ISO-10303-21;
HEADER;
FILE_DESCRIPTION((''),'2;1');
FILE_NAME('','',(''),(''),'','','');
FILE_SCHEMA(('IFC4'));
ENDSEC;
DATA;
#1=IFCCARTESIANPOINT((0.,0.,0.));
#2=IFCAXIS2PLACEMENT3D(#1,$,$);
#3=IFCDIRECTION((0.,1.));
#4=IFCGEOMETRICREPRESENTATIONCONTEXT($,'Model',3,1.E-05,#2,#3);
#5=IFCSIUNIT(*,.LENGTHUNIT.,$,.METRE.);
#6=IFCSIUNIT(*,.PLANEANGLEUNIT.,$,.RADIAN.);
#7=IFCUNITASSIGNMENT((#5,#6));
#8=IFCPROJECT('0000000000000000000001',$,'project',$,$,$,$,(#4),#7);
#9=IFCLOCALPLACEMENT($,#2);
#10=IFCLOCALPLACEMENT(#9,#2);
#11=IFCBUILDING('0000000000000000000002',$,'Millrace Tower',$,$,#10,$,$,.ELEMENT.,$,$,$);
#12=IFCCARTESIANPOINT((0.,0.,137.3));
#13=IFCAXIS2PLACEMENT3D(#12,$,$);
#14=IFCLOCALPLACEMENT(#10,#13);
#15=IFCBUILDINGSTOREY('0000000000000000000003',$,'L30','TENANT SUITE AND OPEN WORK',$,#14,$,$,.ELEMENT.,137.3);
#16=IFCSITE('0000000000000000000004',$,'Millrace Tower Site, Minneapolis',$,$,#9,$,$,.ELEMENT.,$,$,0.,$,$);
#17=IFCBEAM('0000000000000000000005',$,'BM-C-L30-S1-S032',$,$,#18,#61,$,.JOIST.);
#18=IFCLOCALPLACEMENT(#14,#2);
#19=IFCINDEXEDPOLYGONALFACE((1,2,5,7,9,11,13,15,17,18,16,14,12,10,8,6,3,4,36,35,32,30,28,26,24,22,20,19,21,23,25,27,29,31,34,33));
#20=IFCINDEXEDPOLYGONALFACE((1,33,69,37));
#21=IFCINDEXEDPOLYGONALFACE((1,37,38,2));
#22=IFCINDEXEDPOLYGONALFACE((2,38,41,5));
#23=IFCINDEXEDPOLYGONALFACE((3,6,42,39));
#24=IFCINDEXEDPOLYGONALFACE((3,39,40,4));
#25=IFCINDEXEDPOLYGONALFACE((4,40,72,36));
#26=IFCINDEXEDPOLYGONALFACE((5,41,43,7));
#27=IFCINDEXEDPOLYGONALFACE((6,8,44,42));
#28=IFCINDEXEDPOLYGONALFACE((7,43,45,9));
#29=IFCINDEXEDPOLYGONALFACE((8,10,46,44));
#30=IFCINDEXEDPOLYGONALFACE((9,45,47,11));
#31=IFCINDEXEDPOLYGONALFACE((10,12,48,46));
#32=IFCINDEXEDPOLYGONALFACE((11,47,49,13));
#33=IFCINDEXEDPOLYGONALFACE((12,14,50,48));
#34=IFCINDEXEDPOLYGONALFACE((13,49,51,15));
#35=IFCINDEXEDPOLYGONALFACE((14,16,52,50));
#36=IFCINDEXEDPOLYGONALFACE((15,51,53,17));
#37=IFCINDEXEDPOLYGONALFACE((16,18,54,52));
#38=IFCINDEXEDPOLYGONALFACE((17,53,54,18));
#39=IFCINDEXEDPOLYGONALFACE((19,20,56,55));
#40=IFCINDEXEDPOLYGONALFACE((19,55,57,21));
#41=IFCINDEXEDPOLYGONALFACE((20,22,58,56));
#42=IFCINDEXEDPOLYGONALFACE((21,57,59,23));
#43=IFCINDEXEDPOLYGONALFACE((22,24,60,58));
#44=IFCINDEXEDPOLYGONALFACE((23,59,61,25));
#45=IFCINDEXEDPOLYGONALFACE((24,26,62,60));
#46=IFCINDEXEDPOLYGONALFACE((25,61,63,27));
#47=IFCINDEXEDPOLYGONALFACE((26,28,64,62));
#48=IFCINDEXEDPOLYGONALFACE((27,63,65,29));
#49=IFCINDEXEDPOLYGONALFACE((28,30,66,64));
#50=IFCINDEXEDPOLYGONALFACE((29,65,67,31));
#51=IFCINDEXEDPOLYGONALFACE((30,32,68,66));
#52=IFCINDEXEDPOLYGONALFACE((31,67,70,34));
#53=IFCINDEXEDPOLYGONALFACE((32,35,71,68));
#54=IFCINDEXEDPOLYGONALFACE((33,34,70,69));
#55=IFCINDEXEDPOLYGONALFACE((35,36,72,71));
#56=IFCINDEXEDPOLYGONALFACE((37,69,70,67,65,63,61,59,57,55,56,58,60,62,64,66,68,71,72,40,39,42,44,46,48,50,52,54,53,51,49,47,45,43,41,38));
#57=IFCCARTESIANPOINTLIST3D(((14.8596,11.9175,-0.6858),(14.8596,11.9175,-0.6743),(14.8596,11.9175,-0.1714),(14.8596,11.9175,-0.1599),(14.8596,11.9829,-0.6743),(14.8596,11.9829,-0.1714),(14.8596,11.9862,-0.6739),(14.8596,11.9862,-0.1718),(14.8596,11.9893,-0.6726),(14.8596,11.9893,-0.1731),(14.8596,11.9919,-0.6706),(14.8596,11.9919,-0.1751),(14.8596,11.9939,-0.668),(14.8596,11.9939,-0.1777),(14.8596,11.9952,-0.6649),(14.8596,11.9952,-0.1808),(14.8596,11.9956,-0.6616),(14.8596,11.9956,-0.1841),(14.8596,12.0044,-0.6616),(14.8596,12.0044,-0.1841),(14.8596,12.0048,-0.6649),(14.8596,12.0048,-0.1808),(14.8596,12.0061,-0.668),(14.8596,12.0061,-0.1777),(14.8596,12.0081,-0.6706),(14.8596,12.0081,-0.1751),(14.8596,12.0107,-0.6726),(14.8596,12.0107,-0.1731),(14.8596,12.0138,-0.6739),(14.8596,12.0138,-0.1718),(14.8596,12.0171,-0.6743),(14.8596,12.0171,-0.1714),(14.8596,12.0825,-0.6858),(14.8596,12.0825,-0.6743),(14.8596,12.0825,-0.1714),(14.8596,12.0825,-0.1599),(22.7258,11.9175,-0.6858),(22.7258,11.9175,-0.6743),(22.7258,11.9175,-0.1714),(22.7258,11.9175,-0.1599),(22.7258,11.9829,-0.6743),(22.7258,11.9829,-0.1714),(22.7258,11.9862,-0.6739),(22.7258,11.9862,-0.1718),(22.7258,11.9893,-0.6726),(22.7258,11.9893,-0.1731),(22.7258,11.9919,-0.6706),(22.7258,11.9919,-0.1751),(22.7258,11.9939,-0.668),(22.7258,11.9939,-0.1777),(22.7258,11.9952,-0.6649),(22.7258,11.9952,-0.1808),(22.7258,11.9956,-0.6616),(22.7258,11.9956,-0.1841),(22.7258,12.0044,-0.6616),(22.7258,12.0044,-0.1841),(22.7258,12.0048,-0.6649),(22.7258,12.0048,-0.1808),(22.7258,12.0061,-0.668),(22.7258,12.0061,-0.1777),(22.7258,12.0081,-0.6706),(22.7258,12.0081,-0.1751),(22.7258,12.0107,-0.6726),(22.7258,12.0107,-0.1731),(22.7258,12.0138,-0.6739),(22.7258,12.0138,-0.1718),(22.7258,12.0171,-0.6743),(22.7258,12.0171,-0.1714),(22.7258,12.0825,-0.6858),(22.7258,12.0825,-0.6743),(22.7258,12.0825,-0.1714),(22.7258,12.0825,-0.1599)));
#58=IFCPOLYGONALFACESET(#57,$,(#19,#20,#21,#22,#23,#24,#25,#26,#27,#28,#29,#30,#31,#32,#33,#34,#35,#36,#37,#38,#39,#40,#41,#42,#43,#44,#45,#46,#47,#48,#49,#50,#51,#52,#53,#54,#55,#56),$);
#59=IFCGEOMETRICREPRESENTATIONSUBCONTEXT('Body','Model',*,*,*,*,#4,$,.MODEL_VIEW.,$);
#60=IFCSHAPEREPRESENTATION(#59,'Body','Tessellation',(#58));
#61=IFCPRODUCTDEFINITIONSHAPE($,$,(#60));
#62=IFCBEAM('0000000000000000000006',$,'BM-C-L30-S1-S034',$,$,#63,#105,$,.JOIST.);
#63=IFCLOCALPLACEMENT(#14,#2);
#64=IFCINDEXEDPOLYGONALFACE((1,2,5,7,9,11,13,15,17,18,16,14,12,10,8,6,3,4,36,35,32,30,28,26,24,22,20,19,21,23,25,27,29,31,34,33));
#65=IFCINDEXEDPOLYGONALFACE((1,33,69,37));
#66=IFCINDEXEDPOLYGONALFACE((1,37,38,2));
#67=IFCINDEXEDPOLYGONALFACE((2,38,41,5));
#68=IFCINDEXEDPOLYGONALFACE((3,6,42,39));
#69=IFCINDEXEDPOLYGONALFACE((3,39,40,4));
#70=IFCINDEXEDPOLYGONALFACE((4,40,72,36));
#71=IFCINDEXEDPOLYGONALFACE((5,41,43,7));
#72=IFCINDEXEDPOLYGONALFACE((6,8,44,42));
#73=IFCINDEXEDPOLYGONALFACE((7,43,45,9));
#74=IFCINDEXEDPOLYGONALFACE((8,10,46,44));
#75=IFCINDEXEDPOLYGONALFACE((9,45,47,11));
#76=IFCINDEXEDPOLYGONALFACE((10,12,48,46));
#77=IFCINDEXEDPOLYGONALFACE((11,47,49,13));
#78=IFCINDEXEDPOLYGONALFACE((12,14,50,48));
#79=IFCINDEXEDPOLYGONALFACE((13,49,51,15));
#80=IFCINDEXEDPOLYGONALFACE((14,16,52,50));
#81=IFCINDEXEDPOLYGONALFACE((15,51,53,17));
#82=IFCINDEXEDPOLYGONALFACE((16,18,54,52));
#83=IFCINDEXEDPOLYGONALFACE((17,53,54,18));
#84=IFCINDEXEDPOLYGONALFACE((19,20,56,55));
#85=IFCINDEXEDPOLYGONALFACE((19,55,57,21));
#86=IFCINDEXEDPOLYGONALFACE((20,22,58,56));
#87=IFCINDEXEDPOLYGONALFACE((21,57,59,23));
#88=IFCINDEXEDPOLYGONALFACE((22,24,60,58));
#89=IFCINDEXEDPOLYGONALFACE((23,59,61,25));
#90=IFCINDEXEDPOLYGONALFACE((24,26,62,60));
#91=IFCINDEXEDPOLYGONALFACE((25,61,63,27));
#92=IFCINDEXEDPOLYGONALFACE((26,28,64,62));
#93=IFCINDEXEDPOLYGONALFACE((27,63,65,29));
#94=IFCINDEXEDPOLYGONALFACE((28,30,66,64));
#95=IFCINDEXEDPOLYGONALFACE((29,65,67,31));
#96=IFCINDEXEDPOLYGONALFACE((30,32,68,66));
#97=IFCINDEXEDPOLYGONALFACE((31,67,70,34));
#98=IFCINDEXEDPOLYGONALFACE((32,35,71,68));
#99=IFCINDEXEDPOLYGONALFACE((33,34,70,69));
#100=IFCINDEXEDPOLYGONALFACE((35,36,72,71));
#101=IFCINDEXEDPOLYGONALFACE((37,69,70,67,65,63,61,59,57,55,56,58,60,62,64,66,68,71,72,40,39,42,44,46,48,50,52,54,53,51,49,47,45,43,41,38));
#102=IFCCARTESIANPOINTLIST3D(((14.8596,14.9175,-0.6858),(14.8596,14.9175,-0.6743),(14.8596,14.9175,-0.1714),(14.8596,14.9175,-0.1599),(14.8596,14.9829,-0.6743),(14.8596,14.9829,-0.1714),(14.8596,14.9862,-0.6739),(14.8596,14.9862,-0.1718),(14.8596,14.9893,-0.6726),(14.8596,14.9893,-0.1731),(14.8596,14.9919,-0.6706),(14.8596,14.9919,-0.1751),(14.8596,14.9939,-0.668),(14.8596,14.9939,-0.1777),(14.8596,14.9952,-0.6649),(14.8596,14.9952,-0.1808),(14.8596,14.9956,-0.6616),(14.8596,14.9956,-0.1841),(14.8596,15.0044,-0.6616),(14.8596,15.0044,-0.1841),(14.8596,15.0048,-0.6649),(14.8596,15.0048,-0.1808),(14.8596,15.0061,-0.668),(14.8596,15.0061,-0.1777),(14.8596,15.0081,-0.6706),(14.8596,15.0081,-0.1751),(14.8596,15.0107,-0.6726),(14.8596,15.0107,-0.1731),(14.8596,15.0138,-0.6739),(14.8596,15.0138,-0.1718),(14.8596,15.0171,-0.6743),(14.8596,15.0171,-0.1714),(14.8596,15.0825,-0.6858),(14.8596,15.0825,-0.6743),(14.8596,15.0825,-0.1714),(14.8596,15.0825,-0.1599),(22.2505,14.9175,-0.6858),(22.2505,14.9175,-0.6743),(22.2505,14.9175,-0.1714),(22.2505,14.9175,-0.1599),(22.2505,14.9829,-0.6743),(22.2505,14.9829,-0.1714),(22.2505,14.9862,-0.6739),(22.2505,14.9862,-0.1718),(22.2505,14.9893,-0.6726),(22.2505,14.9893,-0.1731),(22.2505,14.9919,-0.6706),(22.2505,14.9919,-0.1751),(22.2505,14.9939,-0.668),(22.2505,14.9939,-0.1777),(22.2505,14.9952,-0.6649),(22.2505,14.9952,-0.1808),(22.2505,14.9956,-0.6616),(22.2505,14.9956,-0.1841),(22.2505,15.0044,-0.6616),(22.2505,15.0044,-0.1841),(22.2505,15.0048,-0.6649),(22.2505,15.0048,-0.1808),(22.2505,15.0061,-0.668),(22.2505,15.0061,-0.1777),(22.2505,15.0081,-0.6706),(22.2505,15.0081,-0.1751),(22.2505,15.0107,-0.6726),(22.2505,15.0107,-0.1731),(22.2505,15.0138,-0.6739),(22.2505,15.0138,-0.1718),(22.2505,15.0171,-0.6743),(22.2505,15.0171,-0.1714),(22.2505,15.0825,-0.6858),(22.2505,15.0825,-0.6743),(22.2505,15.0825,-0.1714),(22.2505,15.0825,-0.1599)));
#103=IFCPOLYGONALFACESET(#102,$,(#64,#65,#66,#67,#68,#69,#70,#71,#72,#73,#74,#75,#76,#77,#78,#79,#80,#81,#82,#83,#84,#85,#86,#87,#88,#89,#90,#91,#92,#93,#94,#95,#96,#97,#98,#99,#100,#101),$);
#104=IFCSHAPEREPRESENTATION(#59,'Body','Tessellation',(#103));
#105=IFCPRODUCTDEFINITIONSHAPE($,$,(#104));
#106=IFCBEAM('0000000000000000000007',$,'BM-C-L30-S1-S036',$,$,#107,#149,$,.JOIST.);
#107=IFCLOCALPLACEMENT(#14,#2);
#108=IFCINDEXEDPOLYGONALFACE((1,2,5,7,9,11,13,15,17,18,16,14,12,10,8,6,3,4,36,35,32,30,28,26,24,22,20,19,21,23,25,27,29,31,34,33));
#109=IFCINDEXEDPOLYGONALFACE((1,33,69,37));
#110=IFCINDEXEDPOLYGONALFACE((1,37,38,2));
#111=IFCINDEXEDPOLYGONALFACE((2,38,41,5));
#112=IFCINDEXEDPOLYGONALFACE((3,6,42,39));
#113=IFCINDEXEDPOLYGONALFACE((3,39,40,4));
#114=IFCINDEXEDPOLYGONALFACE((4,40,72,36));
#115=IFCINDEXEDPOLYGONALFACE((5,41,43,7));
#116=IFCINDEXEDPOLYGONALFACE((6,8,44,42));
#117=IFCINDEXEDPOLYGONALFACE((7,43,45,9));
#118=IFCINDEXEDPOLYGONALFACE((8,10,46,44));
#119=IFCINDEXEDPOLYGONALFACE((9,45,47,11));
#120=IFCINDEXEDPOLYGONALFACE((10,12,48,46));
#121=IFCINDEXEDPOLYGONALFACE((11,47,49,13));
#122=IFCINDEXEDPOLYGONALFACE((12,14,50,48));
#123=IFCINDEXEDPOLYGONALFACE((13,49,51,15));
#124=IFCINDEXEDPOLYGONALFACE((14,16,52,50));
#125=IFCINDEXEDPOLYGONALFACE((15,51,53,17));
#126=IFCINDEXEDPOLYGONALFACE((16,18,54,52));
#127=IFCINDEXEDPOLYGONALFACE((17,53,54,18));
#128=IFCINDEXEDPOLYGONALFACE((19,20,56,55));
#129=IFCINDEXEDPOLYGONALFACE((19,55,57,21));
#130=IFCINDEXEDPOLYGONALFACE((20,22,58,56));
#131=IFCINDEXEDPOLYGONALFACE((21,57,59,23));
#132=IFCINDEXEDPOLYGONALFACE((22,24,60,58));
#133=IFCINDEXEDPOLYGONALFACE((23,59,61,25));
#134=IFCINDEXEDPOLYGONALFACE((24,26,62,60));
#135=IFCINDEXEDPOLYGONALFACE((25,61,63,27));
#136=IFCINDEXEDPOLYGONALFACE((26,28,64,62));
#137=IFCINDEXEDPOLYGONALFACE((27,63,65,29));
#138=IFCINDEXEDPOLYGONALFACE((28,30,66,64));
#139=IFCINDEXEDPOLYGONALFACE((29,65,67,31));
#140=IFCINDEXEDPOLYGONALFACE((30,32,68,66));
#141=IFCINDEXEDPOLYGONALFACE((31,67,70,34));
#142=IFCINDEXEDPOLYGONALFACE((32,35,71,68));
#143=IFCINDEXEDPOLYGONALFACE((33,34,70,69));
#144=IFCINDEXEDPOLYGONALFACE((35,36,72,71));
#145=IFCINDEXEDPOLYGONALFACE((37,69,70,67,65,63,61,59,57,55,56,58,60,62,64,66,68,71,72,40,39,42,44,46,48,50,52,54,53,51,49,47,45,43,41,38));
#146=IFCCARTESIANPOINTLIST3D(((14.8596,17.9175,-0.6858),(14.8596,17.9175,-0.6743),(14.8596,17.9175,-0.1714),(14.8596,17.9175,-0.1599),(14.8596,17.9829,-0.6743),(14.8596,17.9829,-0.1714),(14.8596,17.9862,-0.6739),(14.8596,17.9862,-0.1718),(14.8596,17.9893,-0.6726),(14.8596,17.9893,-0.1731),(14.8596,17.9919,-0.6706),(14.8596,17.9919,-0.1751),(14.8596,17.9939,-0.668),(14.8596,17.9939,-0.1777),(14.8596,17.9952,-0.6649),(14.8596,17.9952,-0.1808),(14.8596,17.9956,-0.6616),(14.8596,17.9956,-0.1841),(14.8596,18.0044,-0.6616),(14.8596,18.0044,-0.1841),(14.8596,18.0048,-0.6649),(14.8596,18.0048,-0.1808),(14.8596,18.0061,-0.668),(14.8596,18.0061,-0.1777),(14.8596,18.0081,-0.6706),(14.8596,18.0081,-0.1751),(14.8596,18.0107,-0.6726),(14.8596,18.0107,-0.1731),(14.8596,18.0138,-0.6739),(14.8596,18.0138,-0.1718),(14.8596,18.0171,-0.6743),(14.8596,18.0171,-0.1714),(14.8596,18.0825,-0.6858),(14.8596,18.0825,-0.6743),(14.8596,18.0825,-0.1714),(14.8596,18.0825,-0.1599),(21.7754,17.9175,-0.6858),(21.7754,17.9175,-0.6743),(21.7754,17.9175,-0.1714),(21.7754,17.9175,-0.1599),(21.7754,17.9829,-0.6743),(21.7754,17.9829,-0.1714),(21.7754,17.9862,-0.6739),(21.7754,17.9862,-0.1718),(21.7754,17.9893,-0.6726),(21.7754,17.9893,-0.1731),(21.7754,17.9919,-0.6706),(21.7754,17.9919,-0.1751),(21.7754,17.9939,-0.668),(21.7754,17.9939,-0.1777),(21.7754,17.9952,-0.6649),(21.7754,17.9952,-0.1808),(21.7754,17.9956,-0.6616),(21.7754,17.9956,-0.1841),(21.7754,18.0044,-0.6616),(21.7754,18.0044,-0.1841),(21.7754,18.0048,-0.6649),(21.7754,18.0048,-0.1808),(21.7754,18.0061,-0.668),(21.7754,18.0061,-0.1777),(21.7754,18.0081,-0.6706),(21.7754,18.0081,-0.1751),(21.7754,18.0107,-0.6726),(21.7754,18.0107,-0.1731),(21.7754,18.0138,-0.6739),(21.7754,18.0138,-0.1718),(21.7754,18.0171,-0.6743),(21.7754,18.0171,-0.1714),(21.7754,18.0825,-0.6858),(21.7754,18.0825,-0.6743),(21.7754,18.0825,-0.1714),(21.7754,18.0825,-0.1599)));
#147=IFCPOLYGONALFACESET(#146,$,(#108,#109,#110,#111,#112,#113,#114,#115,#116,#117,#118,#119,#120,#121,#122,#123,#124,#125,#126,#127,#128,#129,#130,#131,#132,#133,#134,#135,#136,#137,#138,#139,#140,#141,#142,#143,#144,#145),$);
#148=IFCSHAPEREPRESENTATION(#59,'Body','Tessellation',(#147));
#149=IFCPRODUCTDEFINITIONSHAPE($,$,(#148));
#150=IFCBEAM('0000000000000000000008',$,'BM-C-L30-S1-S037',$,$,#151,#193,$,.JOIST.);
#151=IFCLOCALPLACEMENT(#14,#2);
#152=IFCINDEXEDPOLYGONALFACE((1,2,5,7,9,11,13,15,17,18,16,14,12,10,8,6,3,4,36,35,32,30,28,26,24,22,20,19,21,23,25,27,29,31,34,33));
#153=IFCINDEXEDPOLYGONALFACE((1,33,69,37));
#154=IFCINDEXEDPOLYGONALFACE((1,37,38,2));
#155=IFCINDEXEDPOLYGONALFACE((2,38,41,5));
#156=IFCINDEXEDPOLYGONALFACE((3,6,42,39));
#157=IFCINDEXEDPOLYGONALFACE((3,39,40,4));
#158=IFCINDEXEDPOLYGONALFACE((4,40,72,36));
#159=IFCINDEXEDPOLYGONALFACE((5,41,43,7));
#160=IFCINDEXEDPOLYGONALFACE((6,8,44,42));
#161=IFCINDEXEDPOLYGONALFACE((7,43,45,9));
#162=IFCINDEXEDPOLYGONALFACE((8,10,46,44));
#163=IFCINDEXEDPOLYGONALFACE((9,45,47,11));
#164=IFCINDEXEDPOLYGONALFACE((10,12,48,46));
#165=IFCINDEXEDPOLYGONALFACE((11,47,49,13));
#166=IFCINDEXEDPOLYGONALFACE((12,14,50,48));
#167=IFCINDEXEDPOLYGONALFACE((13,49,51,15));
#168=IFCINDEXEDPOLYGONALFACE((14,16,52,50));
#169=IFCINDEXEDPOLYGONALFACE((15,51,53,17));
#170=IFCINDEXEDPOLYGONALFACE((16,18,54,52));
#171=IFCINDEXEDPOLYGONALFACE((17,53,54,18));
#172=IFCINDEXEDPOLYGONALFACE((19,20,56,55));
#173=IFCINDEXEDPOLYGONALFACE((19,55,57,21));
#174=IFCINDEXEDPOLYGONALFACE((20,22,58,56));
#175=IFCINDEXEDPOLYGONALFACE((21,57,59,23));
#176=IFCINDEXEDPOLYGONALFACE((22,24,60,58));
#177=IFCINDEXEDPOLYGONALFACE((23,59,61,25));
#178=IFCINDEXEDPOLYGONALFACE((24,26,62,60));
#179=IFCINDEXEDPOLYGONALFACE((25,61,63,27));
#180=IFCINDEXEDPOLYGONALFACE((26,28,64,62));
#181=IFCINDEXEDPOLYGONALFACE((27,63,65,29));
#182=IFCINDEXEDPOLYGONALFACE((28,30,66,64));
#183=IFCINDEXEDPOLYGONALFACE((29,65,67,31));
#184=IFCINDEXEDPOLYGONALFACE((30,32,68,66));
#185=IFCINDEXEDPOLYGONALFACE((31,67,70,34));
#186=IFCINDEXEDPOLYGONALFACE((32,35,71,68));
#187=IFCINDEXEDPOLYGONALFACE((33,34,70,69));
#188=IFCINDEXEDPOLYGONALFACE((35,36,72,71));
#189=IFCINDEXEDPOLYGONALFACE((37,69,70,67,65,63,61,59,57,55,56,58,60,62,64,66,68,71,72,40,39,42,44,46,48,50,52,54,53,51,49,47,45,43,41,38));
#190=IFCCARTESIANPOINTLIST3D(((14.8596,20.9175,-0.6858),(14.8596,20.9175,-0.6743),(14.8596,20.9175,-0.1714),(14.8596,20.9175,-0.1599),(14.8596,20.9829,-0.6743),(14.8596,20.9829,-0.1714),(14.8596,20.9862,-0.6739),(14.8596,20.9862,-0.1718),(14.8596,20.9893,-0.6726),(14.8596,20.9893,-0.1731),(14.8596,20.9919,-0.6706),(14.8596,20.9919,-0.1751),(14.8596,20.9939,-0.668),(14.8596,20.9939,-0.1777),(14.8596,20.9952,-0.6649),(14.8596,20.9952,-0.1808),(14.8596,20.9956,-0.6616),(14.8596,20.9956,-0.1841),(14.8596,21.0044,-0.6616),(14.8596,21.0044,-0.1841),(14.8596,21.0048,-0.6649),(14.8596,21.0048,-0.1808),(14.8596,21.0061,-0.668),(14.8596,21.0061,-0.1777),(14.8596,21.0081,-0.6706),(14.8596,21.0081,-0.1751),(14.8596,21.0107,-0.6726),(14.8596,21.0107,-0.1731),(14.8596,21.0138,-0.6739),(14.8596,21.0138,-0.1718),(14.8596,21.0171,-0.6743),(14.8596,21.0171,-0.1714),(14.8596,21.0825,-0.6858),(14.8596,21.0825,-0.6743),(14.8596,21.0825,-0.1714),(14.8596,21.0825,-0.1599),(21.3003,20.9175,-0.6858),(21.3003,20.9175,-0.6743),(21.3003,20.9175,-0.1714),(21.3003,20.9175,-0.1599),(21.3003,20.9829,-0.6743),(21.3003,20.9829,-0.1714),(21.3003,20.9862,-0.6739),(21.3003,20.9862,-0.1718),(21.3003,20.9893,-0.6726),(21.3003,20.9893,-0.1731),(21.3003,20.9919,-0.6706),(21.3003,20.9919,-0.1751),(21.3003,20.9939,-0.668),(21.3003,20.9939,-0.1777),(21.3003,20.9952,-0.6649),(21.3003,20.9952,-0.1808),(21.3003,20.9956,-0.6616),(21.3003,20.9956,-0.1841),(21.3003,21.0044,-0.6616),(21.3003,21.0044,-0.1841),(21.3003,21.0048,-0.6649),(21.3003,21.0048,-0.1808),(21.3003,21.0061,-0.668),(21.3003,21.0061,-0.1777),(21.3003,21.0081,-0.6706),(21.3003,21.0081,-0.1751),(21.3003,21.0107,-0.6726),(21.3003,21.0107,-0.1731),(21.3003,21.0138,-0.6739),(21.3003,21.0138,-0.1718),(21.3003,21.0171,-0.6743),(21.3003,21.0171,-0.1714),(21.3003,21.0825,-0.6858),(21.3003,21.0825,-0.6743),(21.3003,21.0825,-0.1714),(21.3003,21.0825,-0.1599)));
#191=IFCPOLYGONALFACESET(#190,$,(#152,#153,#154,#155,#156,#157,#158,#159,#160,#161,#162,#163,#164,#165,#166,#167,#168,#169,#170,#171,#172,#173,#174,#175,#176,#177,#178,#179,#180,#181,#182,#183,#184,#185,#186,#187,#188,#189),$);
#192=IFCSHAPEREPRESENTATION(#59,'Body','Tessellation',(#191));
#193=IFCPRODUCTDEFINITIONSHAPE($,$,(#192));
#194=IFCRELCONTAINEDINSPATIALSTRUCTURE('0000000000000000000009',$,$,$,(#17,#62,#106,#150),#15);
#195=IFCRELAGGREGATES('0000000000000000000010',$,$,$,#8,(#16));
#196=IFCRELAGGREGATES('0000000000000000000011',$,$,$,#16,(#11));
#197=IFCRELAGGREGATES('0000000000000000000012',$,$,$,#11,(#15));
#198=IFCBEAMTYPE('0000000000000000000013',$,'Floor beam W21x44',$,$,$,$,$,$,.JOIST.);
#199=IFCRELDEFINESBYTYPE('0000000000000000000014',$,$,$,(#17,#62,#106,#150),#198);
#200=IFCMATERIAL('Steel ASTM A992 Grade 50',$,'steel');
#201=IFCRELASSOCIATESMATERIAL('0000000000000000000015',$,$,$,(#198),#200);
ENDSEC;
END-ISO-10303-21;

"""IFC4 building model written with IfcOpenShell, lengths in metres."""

from ifc_helpers import new_model, si_unit, direction, frame, origin, origin_2d, place, context, subcontext, project, spatial, i_section, extrude, material, material_profile, profile_set, type_object, element, save


model = new_model("IFC4")

# Units and contexts
model_context = context("Model", 3, precision=1e-05, world=origin(), true_north=direction((0.0, 1.0)))
body_context = subcontext(model_context, "Body", "Model", "MODEL_VIEW")
ifc_project = project(units=[si_unit("LENGTHUNIT", "METRE"), si_unit("PLANEANGLEUNIT", "RADIAN")], contexts=[model_context])

# Site, building, storey
site_placement = place(None, origin())
site = spatial("IfcSite", under=ifc_project, at=site_placement, Name="Millrace Tower Site, Minneapolis", CompositionType="ELEMENT", RefElevation=0.0)
building_placement = place(site_placement, origin())
building = spatial("IfcBuilding", under=site, at=building_placement, Name="Millrace Tower", CompositionType="ELEMENT")
storey_placement = place(building_placement, frame((0.0, 0.0, 137.3)))
storey = spatial("IfcBuildingStorey", under=building, at=storey_placement, Name="L30", Description="TENANT SUITE AND OPEN WORK", CompositionType="ELEMENT", Elevation=137.3)

# Beams
ifc_material_1 = material(Name="Steel ASTM A992 Grade 50", Category="steel")
ifc_material_profile_1 = material_profile(ifc_material_1, i_section(OverallWidth=0.165, OverallDepth=0.5259, WebThickness=0.0088, FlangeThickness=0.0115, FilletRadius=0.0127, at=origin_2d()))
ifc_profile_set_1 = profile_set([ifc_material_profile_1], Name="Steel ASTM A992 Grade 50")
beam_type_1 = type_object("IfcBeamType", Name="Floor beam W21x44", PredefinedType="JOIST", material=ifc_profile_set_1)
beam_1_placement = place(storey_placement, frame((14.8596, 12.0, -0.4229), z_axis=(1.0, 0.0, 0.0), x_axis=(0.0, 1.0, 0.0)))
element("IfcBeam", 1, at=beam_1_placement, inside=storey, type_object=beam_type_1, Name="BM-C-L30-S1-S032", PredefinedType="JOIST", context=body_context, shape_type="SweptSolid", body=[
    extrude(i_section(OverallWidth=0.165, OverallDepth=0.5259, WebThickness=0.0088, FlangeThickness=0.0115, FilletRadius=0.0127, at=origin_2d()), origin(), (0.0, 0.0, 1.0), 7.8662),
])
beam_2_placement = place(storey_placement, frame((14.8596, 15.0, -0.4229), z_axis=(1.0, 0.0, 0.0), x_axis=(0.0, 1.0, 0.0)))
element("IfcBeam", 2, at=beam_2_placement, inside=storey, type_object=beam_type_1, Name="BM-C-L30-S1-S034", PredefinedType="JOIST", context=body_context, shape_type="SweptSolid", body=[
    extrude(i_section(OverallWidth=0.165, OverallDepth=0.5259, WebThickness=0.0088, FlangeThickness=0.0115, FilletRadius=0.0127, at=origin_2d()), origin(), (0.0, 0.0, 1.0), 7.3909),
])
beam_3_placement = place(storey_placement, frame((14.8596, 18.0, -0.4229), z_axis=(1.0, 0.0, 0.0), x_axis=(0.0, 1.0, 0.0)))
element("IfcBeam", 3, at=beam_3_placement, inside=storey, type_object=beam_type_1, Name="BM-C-L30-S1-S036", PredefinedType="JOIST", context=body_context, shape_type="SweptSolid", body=[
    extrude(i_section(OverallWidth=0.165, OverallDepth=0.5259, WebThickness=0.0088, FlangeThickness=0.0115, FilletRadius=0.0127, at=origin_2d()), origin(), (0.0, 0.0, 1.0), 6.9158),
])
beam_4_placement = place(storey_placement, frame((14.8596, 21.0, -0.4229), z_axis=(1.0, 0.0, 0.0), x_axis=(0.0, 1.0, 0.0)))
element("IfcBeam", 4, at=beam_4_placement, inside=storey, type_object=beam_type_1, Name="BM-C-L30-S1-S037", PredefinedType="JOIST", context=body_context, shape_type="SweptSolid", body=[
    extrude(i_section(OverallWidth=0.165, OverallDepth=0.5259, WebThickness=0.0088, FlangeThickness=0.0115, FilletRadius=0.0127, at=origin_2d()), origin(), (0.0, 0.0, 1.0), 6.4407),
])

save(model, "model.ifc")
